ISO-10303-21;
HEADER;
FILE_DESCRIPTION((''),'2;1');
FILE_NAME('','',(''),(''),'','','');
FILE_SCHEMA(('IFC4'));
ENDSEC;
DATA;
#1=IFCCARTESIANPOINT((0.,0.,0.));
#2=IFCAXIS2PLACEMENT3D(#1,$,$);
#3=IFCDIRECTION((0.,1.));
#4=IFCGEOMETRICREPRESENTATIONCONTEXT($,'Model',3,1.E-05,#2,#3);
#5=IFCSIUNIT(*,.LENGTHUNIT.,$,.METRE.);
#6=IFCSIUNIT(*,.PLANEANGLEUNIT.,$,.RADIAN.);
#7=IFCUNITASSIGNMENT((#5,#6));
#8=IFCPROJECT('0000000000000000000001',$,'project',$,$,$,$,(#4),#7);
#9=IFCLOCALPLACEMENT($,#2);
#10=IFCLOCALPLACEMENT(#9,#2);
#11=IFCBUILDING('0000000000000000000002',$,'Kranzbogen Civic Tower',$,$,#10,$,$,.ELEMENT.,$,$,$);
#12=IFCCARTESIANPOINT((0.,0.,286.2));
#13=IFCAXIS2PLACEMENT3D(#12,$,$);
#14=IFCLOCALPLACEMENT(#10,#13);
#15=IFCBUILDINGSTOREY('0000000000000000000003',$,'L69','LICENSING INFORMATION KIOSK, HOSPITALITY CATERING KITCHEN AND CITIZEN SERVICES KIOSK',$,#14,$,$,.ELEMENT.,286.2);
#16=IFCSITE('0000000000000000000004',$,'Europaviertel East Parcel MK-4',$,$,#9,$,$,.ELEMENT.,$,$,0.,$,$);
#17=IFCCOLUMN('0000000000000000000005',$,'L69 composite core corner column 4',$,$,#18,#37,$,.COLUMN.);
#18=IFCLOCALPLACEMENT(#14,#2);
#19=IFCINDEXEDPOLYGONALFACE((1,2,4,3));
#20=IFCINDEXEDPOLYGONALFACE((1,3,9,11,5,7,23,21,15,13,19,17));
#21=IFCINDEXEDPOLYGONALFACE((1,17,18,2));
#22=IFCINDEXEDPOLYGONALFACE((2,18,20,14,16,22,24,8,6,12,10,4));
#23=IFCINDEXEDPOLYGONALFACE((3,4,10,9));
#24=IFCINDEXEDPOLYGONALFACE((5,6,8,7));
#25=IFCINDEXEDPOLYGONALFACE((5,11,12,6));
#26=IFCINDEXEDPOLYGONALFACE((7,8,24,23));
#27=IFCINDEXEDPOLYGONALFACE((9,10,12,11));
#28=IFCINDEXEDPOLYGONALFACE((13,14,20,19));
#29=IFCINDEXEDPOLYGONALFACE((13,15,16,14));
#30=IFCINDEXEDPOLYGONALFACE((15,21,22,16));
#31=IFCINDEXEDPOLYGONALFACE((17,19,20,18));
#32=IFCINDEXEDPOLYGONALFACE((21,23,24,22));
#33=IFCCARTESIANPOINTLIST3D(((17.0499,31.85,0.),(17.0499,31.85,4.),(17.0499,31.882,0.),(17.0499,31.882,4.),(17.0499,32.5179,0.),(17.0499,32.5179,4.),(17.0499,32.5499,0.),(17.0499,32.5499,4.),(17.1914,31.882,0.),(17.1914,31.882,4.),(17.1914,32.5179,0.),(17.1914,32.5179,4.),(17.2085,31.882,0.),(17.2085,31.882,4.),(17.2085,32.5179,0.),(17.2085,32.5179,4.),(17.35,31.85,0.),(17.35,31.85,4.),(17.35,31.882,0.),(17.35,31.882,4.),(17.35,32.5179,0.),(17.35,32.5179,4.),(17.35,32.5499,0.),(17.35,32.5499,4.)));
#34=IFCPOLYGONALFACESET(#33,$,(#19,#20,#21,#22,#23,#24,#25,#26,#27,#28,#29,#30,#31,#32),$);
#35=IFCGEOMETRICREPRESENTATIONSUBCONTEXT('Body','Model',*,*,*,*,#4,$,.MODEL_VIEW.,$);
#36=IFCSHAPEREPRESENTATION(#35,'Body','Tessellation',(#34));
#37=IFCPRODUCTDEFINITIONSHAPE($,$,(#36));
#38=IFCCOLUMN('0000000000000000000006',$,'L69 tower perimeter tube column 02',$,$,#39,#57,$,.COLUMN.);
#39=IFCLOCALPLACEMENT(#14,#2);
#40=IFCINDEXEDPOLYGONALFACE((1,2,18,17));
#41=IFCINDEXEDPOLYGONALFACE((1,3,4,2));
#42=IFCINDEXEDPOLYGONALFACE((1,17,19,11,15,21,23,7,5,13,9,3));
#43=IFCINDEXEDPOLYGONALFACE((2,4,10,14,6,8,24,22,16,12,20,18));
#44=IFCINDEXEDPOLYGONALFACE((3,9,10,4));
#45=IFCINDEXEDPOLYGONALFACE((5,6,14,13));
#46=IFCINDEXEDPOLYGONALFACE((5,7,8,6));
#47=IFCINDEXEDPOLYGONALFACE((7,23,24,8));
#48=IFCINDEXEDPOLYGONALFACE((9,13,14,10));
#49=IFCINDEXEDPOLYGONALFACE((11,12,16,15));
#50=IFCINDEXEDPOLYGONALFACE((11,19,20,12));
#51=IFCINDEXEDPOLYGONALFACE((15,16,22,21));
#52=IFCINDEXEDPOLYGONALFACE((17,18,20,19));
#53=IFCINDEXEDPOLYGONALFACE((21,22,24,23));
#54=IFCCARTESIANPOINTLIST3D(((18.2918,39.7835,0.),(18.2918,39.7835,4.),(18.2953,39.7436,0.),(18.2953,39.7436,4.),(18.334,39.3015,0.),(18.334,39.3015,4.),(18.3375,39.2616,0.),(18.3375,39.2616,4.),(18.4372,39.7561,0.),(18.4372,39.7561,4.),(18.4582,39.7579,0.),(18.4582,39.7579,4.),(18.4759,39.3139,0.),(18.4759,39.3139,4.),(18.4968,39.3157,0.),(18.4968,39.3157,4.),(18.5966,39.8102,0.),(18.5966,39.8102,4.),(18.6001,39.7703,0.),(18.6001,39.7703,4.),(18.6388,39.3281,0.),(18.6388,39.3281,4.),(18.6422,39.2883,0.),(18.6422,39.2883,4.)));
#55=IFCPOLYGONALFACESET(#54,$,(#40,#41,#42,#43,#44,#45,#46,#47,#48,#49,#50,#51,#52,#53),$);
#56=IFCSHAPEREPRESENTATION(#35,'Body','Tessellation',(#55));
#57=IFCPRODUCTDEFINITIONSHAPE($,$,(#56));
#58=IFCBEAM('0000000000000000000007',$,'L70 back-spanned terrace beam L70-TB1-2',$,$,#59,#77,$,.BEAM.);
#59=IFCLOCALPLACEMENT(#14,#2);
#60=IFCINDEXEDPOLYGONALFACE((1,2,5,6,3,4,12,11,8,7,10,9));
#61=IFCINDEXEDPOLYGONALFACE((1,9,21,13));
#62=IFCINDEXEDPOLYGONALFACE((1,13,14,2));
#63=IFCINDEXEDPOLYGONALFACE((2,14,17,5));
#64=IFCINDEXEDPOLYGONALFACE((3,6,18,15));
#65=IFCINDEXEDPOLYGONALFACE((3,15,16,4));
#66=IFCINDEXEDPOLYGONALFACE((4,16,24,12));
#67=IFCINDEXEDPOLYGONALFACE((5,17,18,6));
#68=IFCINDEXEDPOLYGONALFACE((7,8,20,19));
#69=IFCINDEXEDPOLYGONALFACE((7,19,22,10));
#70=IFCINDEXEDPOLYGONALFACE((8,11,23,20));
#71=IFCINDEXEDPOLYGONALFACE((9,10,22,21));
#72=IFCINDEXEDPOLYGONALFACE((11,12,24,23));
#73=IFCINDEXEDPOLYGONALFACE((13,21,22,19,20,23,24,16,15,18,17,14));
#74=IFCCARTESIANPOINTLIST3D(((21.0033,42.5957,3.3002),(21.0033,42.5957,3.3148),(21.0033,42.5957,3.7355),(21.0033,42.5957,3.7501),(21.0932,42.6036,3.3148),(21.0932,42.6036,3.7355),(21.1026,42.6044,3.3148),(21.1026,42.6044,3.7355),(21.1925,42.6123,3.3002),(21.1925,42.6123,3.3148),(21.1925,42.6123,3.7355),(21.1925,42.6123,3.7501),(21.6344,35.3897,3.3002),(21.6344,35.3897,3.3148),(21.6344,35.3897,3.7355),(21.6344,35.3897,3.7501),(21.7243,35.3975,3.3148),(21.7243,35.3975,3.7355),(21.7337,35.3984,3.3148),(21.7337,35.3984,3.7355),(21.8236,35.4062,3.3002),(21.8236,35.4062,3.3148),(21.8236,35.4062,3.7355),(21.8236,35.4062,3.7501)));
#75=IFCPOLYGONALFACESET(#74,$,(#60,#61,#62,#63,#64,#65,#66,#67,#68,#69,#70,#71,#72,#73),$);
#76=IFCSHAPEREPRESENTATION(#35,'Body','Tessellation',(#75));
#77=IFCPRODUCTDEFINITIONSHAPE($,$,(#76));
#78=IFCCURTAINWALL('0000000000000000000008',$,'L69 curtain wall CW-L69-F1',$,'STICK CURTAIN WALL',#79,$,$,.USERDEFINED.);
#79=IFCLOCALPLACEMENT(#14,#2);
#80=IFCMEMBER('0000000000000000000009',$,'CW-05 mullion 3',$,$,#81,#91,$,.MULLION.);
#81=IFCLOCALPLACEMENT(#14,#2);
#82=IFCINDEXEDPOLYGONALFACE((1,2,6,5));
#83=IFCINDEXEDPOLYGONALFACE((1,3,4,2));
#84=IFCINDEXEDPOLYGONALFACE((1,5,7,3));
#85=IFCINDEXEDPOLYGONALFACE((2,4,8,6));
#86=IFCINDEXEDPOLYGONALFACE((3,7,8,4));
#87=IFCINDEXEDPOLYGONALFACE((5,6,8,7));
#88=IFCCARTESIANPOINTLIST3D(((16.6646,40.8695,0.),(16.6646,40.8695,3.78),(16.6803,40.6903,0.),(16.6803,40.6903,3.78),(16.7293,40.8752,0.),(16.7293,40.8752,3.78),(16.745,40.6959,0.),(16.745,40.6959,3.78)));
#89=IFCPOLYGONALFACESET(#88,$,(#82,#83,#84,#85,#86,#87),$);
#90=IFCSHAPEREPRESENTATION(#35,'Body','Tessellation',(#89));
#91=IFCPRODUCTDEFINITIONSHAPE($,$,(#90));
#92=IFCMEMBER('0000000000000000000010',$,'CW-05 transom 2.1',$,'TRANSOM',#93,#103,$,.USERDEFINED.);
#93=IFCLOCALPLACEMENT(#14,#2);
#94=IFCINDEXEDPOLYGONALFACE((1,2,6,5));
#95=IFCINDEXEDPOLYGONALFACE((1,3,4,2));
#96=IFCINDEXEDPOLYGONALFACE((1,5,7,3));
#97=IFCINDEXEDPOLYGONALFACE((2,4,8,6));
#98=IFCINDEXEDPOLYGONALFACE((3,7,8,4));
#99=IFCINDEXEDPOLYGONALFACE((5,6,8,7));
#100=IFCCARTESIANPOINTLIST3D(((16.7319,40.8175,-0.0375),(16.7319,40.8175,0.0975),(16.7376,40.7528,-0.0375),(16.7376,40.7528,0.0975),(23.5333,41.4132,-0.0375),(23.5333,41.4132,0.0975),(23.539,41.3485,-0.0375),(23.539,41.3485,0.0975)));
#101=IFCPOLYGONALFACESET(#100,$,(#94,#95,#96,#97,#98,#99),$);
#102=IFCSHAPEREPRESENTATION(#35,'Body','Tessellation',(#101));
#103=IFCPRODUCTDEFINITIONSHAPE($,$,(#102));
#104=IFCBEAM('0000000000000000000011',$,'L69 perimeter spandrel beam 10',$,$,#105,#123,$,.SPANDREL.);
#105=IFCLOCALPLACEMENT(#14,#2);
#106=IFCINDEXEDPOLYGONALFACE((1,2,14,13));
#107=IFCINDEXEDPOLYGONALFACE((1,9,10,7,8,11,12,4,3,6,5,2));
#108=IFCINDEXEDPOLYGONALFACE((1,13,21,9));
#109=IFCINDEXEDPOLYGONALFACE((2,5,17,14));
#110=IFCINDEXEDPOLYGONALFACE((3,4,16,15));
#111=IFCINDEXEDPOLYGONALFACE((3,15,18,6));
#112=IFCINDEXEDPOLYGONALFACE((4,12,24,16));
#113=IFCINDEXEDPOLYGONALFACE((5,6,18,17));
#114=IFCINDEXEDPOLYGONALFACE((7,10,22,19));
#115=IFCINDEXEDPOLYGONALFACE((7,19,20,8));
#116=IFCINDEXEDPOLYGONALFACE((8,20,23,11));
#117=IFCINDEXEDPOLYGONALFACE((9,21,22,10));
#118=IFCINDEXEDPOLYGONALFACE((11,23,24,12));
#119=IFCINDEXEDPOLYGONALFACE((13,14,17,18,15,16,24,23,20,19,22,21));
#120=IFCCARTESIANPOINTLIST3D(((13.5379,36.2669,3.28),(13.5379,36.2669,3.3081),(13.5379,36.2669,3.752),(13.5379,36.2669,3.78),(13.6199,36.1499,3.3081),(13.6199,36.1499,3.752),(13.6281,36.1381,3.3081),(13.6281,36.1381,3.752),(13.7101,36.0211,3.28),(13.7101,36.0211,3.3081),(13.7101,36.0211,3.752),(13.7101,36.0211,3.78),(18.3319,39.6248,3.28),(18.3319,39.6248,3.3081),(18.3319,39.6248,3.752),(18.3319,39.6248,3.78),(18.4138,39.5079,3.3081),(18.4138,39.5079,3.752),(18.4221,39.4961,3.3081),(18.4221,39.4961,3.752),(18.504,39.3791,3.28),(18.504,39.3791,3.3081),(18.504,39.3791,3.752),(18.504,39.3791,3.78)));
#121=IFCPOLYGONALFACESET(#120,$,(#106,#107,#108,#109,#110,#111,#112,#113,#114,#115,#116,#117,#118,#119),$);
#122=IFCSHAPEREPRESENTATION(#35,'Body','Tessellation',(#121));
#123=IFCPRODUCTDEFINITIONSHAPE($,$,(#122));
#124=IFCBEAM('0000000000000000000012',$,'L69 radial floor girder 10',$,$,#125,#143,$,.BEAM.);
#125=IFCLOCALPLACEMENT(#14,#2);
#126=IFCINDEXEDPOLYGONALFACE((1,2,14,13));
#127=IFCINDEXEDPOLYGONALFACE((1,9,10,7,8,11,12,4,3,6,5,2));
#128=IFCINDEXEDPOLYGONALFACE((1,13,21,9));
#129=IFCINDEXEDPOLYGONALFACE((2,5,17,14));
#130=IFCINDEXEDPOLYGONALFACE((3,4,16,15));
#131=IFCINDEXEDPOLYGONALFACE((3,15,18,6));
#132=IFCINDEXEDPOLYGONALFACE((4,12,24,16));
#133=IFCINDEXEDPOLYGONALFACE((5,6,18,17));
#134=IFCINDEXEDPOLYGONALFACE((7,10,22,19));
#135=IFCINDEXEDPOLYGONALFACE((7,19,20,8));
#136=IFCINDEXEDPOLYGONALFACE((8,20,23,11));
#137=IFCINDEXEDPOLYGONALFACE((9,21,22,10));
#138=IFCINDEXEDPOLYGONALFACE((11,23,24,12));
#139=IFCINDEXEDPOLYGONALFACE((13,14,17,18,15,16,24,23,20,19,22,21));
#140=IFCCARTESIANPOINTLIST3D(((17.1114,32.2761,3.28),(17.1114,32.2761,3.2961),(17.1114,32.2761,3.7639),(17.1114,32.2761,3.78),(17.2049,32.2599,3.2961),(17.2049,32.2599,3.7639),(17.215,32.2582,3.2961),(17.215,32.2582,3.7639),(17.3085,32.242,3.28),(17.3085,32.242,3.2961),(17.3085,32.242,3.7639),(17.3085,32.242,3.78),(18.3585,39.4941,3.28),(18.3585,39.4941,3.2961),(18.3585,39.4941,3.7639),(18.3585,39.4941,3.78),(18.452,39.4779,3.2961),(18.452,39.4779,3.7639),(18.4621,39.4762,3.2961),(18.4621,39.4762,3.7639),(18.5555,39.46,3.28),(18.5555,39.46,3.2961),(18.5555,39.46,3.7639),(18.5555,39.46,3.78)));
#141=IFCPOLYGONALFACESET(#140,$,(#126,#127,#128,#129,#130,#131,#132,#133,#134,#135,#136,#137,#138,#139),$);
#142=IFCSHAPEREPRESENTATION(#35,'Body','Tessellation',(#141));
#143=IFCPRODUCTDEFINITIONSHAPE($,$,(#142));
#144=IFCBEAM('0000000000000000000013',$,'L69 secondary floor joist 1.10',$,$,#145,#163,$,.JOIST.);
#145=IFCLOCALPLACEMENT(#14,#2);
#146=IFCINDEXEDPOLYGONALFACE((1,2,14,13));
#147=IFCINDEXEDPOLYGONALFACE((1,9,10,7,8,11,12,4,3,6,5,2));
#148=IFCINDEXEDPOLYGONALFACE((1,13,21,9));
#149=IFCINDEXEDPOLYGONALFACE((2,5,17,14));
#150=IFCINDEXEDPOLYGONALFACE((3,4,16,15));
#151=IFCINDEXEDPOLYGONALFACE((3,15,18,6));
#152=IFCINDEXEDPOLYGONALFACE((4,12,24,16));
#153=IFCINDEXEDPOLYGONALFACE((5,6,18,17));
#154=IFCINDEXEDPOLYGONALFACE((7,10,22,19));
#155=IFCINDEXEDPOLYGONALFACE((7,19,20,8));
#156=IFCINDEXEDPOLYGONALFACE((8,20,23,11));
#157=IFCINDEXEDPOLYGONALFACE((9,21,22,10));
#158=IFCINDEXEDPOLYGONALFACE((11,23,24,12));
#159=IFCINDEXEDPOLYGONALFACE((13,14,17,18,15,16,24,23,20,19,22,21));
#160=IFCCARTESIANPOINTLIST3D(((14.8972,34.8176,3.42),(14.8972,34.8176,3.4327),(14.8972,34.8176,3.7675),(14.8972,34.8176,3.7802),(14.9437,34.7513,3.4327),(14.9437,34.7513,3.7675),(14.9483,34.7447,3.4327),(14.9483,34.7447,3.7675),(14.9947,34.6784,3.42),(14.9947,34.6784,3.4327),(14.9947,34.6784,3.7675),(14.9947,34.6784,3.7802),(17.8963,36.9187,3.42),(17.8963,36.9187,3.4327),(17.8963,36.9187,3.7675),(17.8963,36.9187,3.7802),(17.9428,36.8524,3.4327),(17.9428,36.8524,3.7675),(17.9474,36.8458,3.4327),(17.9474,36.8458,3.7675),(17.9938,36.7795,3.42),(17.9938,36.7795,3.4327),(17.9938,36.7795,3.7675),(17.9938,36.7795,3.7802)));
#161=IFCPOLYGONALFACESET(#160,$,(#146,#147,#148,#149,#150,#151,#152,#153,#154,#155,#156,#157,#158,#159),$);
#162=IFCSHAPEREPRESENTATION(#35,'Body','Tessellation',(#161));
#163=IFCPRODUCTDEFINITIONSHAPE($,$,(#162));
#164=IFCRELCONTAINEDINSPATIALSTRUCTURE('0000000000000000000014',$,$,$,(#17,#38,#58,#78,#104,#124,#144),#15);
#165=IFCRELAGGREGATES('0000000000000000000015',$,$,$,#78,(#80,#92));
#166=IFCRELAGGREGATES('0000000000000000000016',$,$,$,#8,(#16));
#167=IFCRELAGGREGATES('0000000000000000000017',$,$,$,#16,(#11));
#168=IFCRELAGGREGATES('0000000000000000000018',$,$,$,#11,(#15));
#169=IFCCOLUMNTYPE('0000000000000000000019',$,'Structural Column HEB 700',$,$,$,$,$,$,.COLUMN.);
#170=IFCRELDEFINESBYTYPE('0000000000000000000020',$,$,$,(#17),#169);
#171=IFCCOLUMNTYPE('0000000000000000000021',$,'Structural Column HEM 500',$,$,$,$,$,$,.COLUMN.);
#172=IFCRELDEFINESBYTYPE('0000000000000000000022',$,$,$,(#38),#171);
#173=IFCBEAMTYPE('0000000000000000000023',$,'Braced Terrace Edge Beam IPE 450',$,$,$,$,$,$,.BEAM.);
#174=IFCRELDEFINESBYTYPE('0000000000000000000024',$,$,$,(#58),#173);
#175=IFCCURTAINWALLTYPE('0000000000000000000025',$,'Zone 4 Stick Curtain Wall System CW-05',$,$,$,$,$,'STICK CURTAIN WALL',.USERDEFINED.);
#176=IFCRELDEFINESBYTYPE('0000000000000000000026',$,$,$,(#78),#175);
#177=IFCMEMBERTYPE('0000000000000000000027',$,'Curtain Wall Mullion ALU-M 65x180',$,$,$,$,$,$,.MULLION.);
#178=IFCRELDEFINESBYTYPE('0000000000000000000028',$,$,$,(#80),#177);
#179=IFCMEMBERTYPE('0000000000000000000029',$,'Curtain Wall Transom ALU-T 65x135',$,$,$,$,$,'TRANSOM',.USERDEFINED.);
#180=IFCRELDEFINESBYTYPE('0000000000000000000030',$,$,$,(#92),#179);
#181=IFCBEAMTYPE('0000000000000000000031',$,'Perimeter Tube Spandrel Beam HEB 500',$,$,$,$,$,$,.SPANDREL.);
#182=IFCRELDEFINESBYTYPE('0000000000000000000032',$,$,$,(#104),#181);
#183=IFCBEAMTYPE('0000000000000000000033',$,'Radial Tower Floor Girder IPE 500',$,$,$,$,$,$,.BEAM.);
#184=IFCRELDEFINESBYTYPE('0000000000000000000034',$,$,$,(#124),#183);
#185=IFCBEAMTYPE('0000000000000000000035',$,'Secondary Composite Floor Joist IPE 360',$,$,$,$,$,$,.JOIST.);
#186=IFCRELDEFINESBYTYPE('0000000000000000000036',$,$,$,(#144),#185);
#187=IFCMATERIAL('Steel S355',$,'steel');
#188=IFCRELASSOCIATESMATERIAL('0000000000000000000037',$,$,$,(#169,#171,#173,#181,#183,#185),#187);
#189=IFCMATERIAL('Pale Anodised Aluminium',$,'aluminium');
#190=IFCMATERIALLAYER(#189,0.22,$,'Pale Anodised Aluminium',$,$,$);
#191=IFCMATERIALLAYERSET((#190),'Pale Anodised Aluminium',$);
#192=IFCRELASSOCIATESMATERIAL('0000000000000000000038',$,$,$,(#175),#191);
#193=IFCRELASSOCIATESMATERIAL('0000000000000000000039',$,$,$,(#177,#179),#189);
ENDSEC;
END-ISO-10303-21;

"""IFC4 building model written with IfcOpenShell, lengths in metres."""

from ifc_helpers import new_model, si_unit, direction, frame, origin, origin_2d, place, context, subcontext, project, spatial, rectangle, i_section, extrude, material, layer, layer_set, material_profile, profile_set, type_object, element, aggregate, save


model = new_model("IFC4")

# Units and contexts
model_context = context("Model", 3, precision=1e-05, world=origin(), true_north=direction((0.0, 1.0)))
body_context = subcontext(model_context, "Body", "Model", "MODEL_VIEW")
ifc_project = project(units=[si_unit("LENGTHUNIT", "METRE"), si_unit("PLANEANGLEUNIT", "RADIAN")], contexts=[model_context])

# Site, building, storey
site_placement = place(None, origin())
site = spatial("IfcSite", under=ifc_project, at=site_placement, Name="Europaviertel East Parcel MK-4", CompositionType="ELEMENT", RefElevation=0.0)
building_placement = place(site_placement, origin())
building = spatial("IfcBuilding", under=site, at=building_placement, Name="Kranzbogen Civic Tower", CompositionType="ELEMENT")
storey_placement = place(building_placement, frame((0.0, 0.0, 286.2)))
storey = spatial("IfcBuildingStorey", under=building, at=storey_placement, Name="L69", Description="LICENSING INFORMATION KIOSK, HOSPITALITY CATERING KITCHEN AND CITIZEN SERVICES KIOSK", CompositionType="ELEMENT", Elevation=286.2)

# Columns
ifc_material_1 = material(Name="Steel S355", Category="steel")
ifc_material_profile_1 = material_profile(ifc_material_1, i_section(OverallWidth=0.3, OverallDepth=0.7, WebThickness=0.0171, FlangeThickness=0.032, at=origin_2d()), Name="HEB 700")
ifc_profile_set_1 = profile_set([ifc_material_profile_1], Name="Steel S355")
column_type_1 = type_object("IfcColumnType", Name="Structural Column HEB 700", PredefinedType="COLUMN", material=ifc_profile_set_1)
column_1_placement = place(storey_placement, frame((17.2, 32.2, 0.0), z_axis=(0.0, 0.0, 1.0), x_axis=(1.0, 0.0, 0.0)))
element("IfcColumn", 1, at=column_1_placement, inside=storey, type_object=column_type_1, Name="L69 composite core corner column 4", PredefinedType="COLUMN", context=body_context, shape_type="SweptSolid", body=[
    extrude(i_section(OverallWidth=0.3, OverallDepth=0.7, WebThickness=0.0171, FlangeThickness=0.032, at=origin_2d()), origin(), (0.0, 0.0, 1.0), 4.0),
])
ifc_material_profile_2 = material_profile(ifc_material_1, i_section(OverallWidth=0.3059, OverallDepth=0.5239, WebThickness=0.021, FlangeThickness=0.04, at=origin_2d()), Name="HEM 500")
ifc_profile_set_2 = profile_set([ifc_material_profile_2], Name="Steel S355")
column_type_2 = type_object("IfcColumnType", Name="Structural Column HEM 500", PredefinedType="COLUMN", material=ifc_profile_set_2)
column_2_placement = place(storey_placement, frame((18.467, 39.5359, 0.0), z_axis=(0.0, 0.0, 1.0), x_axis=(0.996195, 0.087156, 0.0)))
element("IfcColumn", 2, at=column_2_placement, inside=storey, type_object=column_type_2, Name="L69 tower perimeter tube column 02", PredefinedType="COLUMN", context=body_context, shape_type="SweptSolid", body=[
    extrude(i_section(OverallWidth=0.3059, OverallDepth=0.5239, WebThickness=0.021, FlangeThickness=0.04, at=origin_2d()), origin(), (0.0, 0.0, 1.0), 4.0),
])

# Beam
ifc_material_profile_3 = material_profile(ifc_material_1, i_section(OverallWidth=0.1899, OverallDepth=0.45, WebThickness=0.0095, FlangeThickness=0.0146, at=origin_2d()), Name="IPE 450")
ifc_profile_set_3 = profile_set([ifc_material_profile_3], Name="Steel S355")
beam_type_1 = type_object("IfcBeamType", Name="Braced Terrace Edge Beam IPE 450", PredefinedType="BEAM", material=ifc_profile_set_3)
beam_1_placement = place(storey_placement, frame((21.729, 35.3979, 3.5251), z_axis=(-0.087246, 0.996187, 0.0), x_axis=(-0.996187, -0.087246, 0.0)))
element("IfcBeam", 3, at=beam_1_placement, inside=storey, type_object=beam_type_1, Name="L70 back-spanned terrace beam L70-TB1-2", PredefinedType="BEAM", context=body_context, shape_type="SweptSolid", body=[
    extrude(i_section(OverallWidth=0.1899, OverallDepth=0.45, WebThickness=0.0095, FlangeThickness=0.0146, at=origin_2d()), origin(), (0.0, 0.0, 1.0), 7.2336),
])

# Curtain wall, members
ifc_material_2 = material(Name="Pale Anodised Aluminium", Category="aluminium")
ifc_layer_1 = layer(ifc_material_2, 0.22, Name="Pale Anodised Aluminium")
ifc_layer_set_1 = layer_set([ifc_layer_1], Name="Pale Anodised Aluminium")
curtain_wall_type = type_object("IfcCurtainWallType", Name="Zone 4 Stick Curtain Wall System CW-05", ElementType="STICK CURTAIN WALL", PredefinedType="USERDEFINED", material=ifc_layer_set_1)
curtain_wall_placement = place(storey_placement, origin())
curtain_wall = element("IfcCurtainWall", 4, at=curtain_wall_placement, inside=storey, type_object=curtain_wall_type, Name="L69 curtain wall CW-L69-F1", ObjectType="STICK CURTAIN WALL", PredefinedType="USERDEFINED")
ifc_material_profile_4 = material_profile(ifc_material_2, rectangle(XDim=0.0649, YDim=0.1799, at=origin_2d()), Name="ALU-M 65x180")
ifc_profile_set_4 = profile_set([ifc_material_profile_4], Name="Pale Anodised Aluminium")
member_type_1 = type_object("IfcMemberType", Name="Curtain Wall Mullion ALU-M 65x180", PredefinedType="MULLION", material=ifc_profile_set_4)
member_1_placement = place(storey_placement, frame((16.7048, 40.7827, 0.0), z_axis=(0.0, 0.0, 1.0), x_axis=(-0.996187, -0.087244, 0.0)))
member_1 = element("IfcMember", 5, at=member_1_placement, type_object=member_type_1, Name="CW-05 mullion 3", PredefinedType="MULLION", context=body_context, shape_type="SweptSolid", body=[
    extrude(rectangle(XDim=0.0649, YDim=0.1799, at=origin_2d()), origin(), (0.0, 0.0, 1.0), 3.78),
])
ifc_material_profile_5 = material_profile(ifc_material_2, rectangle(XDim=0.0649, YDim=0.135, at=origin_2d()), Name="ALU-T 65x135")
ifc_profile_set_5 = profile_set([ifc_material_profile_5], Name="Pale Anodised Aluminium")
member_type_2 = type_object("IfcMemberType", Name="Curtain Wall Transom ALU-T 65x135", ElementType="TRANSOM", PredefinedType="USERDEFINED", material=ifc_profile_set_5)
member_2_placement = place(storey_placement, frame((23.5361, 41.3809, 0.03), z_axis=(-0.996186, -0.087253, 0.0), x_axis=(0.087253, -0.996186, 0.0)))
member_2 = element("IfcMember", 6, at=member_2_placement, type_object=member_type_2, Name="CW-05 transom 2.1", ObjectType="TRANSOM", PredefinedType="USERDEFINED", context=body_context, shape_type="SweptSolid", body=[
    extrude(rectangle(XDim=0.0649, YDim=0.135, at=origin_2d()), origin(), (0.0, 0.0, 1.0), 6.8274),
])

# Beams
ifc_material_profile_6 = material_profile(ifc_material_1, i_section(OverallWidth=0.3, OverallDepth=0.5, WebThickness=0.0144, FlangeThickness=0.0281, at=origin_2d()), Name="HEB 500")
ifc_profile_set_6 = profile_set([ifc_material_profile_6], Name="Steel S355")
beam_type_2 = type_object("IfcBeamType", Name="Perimeter Tube Spandrel Beam HEB 500", PredefinedType="SPANDREL", material=ifc_profile_set_6)
beam_2_placement = place(storey_placement, frame((18.418, 39.502, 3.53), z_axis=(-0.819059, -0.573709, 0.0), x_axis=(0.573709, -0.819059, 0.0)))
element("IfcBeam", 7, at=beam_2_placement, inside=storey, type_object=beam_type_2, Name="L69 perimeter spandrel beam 10", PredefinedType="SPANDREL", context=body_context, shape_type="SweptSolid", body=[
    extrude(i_section(OverallWidth=0.3, OverallDepth=0.5, WebThickness=0.0144, FlangeThickness=0.0281, at=origin_2d()), origin(), (0.0, 0.0, 1.0), 5.853),
])
ifc_material_profile_7 = material_profile(ifc_material_1, i_section(OverallWidth=0.2, OverallDepth=0.5, WebThickness=0.0103, FlangeThickness=0.0161, at=origin_2d()), Name="IPE 500")
ifc_profile_set_7 = profile_set([ifc_material_profile_7], Name="Steel S355")
beam_type_3 = type_object("IfcBeamType", Name="Radial Tower Floor Girder IPE 500", PredefinedType="BEAM", material=ifc_profile_set_7)
beam_3_placement = place(storey_placement, frame((18.457, 39.4771, 3.53), z_axis=(-0.17025, -0.985401, 0.0), x_axis=(0.985401, -0.17025, 0.0)))
element("IfcBeam", 8, at=beam_3_placement, inside=storey, type_object=beam_type_3, Name="L69 radial floor girder 10", PredefinedType="BEAM", context=body_context, shape_type="SweptSolid", body=[
    extrude(i_section(OverallWidth=0.2, OverallDepth=0.5, WebThickness=0.0103, FlangeThickness=0.0161, at=origin_2d()), origin(), (0.0, 0.0, 1.0), 7.325),
])
ifc_material_profile_8 = material_profile(ifc_material_1, i_section(OverallWidth=0.1699, OverallDepth=0.3601, WebThickness=0.0081, FlangeThickness=0.0127, at=origin_2d()), Name="IPE 360")
ifc_profile_set_8 = profile_set([ifc_material_profile_8], Name="Steel S355")
beam_type_4 = type_object("IfcBeamType", Name="Secondary Composite Floor Joist IPE 360", PredefinedType="JOIST", material=ifc_profile_set_8)
beam_4_placement = place(storey_placement, frame((17.9451, 36.8491, 3.6001), z_axis=(-0.819006, -0.573784, 0.0), x_axis=(0.573784, -0.819006, 0.0)))
element("IfcBeam", 9, at=beam_4_placement, inside=storey, type_object=beam_type_4, Name="L69 secondary floor joist 1.10", PredefinedType="JOIST", context=body_context, shape_type="SweptSolid", body=[
    extrude(i_section(OverallWidth=0.1699, OverallDepth=0.3601, WebThickness=0.0081, FlangeThickness=0.0127, at=origin_2d()), origin(), (0.0, 0.0, 1.0), 3.6619),
])

aggregate(curtain_wall, [member_1, member_2])

save(model, "model.ifc")
